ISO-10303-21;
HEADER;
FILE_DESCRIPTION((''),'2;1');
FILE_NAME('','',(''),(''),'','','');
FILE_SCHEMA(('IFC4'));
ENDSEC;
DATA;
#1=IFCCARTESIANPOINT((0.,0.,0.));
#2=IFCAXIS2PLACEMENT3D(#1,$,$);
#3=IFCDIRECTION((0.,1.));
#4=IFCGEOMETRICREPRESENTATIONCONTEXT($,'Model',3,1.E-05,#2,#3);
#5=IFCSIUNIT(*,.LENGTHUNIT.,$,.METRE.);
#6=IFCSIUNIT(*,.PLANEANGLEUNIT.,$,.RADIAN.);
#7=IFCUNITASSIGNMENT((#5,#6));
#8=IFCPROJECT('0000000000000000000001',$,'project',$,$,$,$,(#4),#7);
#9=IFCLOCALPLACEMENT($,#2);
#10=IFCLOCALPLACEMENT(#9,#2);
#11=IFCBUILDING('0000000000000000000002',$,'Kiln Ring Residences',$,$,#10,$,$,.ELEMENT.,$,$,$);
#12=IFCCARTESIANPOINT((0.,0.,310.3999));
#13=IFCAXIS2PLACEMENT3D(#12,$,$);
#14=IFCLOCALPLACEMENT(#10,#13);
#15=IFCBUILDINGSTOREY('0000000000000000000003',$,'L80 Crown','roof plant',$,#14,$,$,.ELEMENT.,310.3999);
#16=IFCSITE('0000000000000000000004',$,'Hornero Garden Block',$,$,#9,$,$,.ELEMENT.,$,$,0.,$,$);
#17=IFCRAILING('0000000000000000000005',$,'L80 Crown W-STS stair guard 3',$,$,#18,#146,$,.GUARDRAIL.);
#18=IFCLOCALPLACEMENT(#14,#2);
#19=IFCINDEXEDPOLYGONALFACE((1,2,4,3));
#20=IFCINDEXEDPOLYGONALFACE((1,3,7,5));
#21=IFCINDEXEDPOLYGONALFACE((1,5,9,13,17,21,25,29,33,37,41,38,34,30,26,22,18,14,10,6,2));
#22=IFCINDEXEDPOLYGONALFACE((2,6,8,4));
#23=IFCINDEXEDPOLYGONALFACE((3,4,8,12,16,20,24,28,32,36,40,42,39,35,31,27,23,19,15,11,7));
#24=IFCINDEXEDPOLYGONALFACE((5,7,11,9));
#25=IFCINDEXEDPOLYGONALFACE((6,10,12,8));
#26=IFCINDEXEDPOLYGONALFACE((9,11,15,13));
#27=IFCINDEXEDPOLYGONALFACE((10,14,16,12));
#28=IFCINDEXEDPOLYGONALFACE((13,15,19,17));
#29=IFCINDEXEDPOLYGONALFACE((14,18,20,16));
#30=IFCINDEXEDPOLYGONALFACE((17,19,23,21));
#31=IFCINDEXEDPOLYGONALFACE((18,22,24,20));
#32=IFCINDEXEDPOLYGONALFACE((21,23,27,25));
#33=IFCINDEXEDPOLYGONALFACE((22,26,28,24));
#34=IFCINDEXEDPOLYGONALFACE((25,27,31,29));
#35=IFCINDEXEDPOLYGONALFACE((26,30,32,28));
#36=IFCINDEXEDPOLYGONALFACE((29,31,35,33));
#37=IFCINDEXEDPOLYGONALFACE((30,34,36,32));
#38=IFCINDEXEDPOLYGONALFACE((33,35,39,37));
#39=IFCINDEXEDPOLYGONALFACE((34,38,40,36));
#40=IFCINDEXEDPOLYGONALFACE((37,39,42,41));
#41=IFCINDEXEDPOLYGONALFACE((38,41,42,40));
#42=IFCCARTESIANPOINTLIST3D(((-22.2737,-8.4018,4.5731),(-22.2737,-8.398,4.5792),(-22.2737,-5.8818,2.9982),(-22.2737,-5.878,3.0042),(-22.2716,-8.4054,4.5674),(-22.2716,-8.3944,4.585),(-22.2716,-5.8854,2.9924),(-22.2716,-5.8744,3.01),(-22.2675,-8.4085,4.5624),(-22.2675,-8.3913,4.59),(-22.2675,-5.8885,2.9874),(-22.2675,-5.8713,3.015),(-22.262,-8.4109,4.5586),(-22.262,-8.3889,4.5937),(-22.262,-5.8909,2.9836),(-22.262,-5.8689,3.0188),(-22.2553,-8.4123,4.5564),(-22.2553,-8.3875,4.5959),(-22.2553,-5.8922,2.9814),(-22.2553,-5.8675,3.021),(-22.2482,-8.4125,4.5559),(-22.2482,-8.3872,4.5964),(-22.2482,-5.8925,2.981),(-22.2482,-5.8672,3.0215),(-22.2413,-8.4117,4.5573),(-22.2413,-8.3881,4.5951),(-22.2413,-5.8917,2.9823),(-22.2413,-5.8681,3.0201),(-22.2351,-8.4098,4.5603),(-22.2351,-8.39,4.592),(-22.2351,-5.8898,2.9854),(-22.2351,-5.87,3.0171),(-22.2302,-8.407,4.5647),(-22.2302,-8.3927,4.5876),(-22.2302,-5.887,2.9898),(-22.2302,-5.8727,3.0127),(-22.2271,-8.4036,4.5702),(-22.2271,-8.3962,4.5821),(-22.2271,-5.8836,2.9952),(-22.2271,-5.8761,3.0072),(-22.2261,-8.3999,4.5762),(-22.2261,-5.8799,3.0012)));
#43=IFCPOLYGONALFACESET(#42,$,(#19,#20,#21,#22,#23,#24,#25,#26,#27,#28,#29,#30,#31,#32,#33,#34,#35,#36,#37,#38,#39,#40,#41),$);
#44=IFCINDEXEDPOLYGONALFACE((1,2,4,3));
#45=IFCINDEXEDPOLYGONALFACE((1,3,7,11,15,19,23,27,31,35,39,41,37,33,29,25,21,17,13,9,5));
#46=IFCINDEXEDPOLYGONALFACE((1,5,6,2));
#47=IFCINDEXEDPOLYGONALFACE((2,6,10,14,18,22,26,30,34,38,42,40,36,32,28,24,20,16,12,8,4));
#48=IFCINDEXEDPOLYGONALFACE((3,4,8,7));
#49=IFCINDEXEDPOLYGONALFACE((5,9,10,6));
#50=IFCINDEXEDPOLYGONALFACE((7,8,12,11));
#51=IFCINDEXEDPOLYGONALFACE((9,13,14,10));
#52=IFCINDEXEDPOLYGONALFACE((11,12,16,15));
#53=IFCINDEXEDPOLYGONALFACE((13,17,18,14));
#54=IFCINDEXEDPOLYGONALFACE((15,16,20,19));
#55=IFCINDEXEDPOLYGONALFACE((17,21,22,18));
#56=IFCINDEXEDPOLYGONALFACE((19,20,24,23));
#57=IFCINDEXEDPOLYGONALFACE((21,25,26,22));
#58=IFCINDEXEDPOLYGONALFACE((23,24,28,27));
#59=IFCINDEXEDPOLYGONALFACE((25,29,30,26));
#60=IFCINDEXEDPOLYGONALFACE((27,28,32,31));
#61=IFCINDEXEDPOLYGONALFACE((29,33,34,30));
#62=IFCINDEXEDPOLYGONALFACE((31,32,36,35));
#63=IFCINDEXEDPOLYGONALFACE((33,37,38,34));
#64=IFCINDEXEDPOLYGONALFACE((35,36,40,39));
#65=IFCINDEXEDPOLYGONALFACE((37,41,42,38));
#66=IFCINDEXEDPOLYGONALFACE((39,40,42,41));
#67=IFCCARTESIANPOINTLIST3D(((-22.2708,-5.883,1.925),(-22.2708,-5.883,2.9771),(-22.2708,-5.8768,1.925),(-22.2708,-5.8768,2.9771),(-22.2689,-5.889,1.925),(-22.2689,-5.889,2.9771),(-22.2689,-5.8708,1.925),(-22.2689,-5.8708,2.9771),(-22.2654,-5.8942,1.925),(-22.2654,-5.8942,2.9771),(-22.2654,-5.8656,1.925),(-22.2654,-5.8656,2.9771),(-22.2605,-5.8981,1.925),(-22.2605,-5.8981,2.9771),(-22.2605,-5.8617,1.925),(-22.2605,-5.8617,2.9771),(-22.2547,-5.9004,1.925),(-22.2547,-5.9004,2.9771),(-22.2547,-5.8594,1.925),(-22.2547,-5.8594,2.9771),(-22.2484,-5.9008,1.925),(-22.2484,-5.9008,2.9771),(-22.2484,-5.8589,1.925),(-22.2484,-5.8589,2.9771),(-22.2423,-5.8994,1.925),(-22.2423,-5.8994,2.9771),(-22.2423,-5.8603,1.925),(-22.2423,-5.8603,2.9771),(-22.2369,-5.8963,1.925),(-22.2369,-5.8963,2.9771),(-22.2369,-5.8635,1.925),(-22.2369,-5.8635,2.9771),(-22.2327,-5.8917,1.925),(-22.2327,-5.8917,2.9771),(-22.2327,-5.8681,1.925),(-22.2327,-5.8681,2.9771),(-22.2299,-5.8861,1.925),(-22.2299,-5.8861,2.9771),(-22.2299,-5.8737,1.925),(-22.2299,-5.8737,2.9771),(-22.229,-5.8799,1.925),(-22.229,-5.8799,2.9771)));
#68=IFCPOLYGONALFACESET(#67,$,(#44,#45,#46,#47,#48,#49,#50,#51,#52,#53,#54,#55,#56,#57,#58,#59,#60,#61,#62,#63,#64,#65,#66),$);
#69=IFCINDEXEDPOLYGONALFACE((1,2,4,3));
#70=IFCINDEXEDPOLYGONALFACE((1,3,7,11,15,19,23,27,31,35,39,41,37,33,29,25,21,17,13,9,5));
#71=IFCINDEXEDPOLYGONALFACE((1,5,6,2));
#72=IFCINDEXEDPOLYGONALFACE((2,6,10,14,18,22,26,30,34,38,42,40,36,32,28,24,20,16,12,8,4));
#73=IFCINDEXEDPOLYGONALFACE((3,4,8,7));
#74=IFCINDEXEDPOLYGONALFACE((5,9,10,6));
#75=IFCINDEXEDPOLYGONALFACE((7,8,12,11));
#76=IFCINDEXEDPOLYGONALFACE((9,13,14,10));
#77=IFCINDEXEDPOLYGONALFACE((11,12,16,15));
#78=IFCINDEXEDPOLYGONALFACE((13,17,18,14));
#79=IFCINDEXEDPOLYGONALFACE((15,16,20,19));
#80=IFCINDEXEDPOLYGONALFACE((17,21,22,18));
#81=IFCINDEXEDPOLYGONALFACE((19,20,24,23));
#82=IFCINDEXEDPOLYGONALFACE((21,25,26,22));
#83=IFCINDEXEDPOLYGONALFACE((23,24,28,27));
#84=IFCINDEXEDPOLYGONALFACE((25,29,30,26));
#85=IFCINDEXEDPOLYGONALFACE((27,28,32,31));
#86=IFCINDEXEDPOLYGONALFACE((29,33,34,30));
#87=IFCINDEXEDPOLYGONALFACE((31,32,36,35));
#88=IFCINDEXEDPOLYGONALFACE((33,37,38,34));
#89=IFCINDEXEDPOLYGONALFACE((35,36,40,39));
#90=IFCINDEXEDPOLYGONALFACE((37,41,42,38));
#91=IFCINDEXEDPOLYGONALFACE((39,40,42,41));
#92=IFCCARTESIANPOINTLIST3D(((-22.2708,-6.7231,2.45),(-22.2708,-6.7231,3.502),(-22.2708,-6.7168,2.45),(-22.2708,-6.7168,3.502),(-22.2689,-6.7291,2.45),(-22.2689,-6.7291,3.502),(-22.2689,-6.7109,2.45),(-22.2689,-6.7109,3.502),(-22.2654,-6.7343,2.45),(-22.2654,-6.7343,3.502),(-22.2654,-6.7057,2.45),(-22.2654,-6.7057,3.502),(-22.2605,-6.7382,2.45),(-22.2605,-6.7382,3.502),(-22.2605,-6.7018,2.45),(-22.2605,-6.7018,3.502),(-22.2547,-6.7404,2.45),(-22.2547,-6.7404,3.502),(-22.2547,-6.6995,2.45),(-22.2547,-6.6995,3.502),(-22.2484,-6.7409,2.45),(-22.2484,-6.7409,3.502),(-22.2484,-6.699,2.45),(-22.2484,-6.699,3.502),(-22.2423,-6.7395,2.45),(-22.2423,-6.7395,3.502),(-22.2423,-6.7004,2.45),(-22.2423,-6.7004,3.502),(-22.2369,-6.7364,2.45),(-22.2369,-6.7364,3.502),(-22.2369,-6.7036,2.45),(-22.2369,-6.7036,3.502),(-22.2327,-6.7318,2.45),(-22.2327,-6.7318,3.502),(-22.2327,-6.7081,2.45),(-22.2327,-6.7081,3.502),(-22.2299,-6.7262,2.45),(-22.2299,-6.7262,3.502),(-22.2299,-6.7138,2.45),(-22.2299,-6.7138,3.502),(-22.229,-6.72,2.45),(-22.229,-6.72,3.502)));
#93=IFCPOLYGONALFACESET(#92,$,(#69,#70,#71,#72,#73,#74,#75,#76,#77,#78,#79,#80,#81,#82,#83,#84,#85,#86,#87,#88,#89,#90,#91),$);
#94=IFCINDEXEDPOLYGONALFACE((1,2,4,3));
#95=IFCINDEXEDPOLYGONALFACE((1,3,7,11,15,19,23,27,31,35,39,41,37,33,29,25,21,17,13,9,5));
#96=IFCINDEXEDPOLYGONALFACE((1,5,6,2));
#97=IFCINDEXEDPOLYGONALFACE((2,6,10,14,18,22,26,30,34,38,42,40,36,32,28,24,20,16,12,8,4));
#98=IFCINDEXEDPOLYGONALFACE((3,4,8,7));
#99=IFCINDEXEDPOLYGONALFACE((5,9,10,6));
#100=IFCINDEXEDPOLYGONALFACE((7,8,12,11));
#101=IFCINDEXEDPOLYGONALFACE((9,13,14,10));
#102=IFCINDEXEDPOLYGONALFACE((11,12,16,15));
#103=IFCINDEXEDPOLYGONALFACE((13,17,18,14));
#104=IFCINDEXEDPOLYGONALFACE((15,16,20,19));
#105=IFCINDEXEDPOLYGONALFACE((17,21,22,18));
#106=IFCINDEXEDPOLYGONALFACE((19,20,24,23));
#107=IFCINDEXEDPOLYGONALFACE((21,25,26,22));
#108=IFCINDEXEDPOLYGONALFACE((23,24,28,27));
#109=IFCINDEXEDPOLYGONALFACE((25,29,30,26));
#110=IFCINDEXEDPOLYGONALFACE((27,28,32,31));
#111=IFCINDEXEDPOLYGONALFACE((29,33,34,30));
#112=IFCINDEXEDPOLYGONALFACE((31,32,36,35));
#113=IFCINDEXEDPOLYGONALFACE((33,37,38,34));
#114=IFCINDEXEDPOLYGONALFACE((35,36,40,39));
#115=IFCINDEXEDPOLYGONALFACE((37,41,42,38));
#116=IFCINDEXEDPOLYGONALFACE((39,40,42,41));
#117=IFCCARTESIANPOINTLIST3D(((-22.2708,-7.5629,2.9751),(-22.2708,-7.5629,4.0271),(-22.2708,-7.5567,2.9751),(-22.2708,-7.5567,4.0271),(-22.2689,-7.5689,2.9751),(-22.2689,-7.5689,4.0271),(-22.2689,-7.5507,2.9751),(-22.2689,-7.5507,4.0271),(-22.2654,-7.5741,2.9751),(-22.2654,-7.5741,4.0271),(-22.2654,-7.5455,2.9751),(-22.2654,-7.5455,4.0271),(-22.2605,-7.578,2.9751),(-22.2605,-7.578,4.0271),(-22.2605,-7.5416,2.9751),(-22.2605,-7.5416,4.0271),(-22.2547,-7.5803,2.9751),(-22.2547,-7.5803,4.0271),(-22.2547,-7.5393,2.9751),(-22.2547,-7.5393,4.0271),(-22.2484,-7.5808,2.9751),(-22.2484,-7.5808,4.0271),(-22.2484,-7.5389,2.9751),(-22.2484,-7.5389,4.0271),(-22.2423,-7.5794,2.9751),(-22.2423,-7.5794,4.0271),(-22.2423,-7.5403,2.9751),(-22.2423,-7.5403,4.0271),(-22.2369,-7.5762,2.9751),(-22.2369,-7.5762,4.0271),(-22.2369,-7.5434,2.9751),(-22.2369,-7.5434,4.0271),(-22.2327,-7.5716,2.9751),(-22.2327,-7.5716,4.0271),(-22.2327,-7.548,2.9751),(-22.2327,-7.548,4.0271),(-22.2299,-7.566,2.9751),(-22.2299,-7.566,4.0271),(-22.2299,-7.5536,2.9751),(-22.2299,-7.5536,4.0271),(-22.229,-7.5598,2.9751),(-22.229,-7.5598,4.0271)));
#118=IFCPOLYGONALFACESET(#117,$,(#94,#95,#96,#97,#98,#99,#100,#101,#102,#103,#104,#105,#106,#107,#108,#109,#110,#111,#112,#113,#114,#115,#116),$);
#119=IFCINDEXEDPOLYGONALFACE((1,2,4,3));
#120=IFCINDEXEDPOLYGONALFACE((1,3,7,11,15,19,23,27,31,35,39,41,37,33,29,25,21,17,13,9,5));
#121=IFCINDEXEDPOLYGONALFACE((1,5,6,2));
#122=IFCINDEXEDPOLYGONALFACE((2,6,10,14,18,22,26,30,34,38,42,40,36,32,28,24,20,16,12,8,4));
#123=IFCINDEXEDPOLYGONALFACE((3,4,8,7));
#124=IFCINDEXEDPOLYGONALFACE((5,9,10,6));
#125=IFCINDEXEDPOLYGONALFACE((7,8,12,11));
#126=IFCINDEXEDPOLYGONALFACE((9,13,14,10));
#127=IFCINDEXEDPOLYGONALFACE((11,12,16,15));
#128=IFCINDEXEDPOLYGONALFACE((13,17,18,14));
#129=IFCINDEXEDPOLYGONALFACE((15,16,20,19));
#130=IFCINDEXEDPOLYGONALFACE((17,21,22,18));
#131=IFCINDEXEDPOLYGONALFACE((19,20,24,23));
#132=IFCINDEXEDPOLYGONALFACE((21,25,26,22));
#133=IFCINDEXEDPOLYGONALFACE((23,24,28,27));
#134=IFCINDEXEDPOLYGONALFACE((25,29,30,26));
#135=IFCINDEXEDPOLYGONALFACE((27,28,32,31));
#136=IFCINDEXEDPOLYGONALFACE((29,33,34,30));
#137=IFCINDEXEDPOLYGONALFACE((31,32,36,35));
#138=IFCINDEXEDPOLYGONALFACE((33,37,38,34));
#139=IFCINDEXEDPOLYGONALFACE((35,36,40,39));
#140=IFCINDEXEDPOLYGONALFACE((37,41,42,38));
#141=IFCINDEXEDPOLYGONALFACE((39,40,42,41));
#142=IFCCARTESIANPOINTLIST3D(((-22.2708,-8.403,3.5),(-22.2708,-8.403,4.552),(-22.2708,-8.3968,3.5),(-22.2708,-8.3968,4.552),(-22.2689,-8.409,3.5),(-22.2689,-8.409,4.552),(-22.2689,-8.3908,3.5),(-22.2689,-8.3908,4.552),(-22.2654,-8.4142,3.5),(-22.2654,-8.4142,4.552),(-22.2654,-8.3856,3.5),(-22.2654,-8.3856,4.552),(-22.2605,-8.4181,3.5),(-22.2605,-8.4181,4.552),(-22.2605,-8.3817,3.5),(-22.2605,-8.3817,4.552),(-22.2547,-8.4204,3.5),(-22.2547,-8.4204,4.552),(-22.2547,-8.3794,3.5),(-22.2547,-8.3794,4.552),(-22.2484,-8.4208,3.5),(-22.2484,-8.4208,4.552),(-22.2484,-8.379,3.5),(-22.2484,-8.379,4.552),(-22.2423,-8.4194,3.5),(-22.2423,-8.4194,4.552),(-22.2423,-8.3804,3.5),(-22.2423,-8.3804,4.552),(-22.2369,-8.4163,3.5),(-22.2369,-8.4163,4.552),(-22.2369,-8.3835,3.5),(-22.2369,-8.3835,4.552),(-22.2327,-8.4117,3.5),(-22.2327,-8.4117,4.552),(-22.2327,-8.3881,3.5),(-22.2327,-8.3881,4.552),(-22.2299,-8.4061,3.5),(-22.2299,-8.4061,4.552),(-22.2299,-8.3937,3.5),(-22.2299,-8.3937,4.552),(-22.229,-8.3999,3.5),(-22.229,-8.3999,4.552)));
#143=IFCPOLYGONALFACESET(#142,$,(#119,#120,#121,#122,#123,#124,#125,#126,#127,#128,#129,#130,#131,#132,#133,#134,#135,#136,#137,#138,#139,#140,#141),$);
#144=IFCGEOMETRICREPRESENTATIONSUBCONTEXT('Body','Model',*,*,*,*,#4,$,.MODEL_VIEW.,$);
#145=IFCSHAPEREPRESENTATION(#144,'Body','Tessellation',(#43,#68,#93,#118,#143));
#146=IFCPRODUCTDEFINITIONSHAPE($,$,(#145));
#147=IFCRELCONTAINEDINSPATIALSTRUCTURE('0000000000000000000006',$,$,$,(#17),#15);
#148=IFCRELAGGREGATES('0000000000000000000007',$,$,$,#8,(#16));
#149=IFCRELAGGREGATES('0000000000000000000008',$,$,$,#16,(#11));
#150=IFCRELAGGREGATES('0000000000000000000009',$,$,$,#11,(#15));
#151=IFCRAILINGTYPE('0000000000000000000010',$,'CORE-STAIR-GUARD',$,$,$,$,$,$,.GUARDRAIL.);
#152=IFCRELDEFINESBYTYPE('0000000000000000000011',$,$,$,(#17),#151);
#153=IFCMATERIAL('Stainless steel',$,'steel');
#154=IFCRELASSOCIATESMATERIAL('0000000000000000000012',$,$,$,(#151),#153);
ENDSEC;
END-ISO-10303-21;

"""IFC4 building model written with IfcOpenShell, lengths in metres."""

from ifc_helpers import new_model, si_unit, direction, frame, origin, origin_2d, place, context, subcontext, project, spatial, circle, extrude, material, type_object, element, save


model = new_model("IFC4")

# Units and contexts
model_context = context("Model", 3, precision=1e-05, world=origin(), true_north=direction((0.0, 1.0)))
body_context = subcontext(model_context, "Body", "Model", "MODEL_VIEW")
ifc_project = project(units=[si_unit("LENGTHUNIT", "METRE"), si_unit("PLANEANGLEUNIT", "RADIAN")], contexts=[model_context])

# Site, building, storey
site_placement = place(None, origin())
site = spatial("IfcSite", under=ifc_project, at=site_placement, Name="Hornero Garden Block", CompositionType="ELEMENT", RefElevation=0.0)
building_placement = place(site_placement, origin())
building = spatial("IfcBuilding", under=site, at=building_placement, Name="Kiln Ring Residences", CompositionType="ELEMENT")
storey_placement = place(building_placement, frame((0.0, 0.0, 310.3999)))
storey = spatial("IfcBuildingStorey", under=building, at=storey_placement, Name="L80 Crown", Description="roof plant", CompositionType="ELEMENT", Elevation=310.3999)

# Railing
ifc_material_1 = material(Name="Stainless steel", Category="steel")
railing_type_1 = type_object("IfcRailingType", Name="CORE-STAIR-GUARD", PredefinedType="GUARDRAIL", material=ifc_material_1)
railing_1_placement = place(storey_placement, frame((-22.25, -5.8799, 1.925)))
element("IfcRailing", 1, at=railing_1_placement, inside=storey, type_object=railing_type_1, Name="L80 Crown W-STS stair guard 3", PredefinedType="GUARDRAIL", context=body_context, shape_type="SweptSolid", body=[
    extrude(circle(Radius=0.0239, at=origin_2d()), frame((0.0, 0.0, 1.0762), z_axis=(0.0, -0.848008, 0.529984), x_axis=(1.0, 0.0, 0.0)), (0.0, 0.0, 1.0), 2.9717),
    extrude(circle(Radius=0.021, at=origin_2d()), origin(), (0.0, 0.0, 1.0), 1.052),
    extrude(circle(Radius=0.021, at=origin_2d()), frame((0.0, -0.8401, 0.5249)), (0.0, 0.0, 1.0), 1.052),
    extrude(circle(Radius=0.021, at=origin_2d()), frame((0.0, -1.6799, 1.05)), (0.0, 0.0, 1.0), 1.052),
    extrude(circle(Radius=0.021, at=origin_2d()), frame((0.0, -2.52, 1.575)), (0.0, 0.0, 1.0), 1.052),
])

save(model, "model.ifc")
